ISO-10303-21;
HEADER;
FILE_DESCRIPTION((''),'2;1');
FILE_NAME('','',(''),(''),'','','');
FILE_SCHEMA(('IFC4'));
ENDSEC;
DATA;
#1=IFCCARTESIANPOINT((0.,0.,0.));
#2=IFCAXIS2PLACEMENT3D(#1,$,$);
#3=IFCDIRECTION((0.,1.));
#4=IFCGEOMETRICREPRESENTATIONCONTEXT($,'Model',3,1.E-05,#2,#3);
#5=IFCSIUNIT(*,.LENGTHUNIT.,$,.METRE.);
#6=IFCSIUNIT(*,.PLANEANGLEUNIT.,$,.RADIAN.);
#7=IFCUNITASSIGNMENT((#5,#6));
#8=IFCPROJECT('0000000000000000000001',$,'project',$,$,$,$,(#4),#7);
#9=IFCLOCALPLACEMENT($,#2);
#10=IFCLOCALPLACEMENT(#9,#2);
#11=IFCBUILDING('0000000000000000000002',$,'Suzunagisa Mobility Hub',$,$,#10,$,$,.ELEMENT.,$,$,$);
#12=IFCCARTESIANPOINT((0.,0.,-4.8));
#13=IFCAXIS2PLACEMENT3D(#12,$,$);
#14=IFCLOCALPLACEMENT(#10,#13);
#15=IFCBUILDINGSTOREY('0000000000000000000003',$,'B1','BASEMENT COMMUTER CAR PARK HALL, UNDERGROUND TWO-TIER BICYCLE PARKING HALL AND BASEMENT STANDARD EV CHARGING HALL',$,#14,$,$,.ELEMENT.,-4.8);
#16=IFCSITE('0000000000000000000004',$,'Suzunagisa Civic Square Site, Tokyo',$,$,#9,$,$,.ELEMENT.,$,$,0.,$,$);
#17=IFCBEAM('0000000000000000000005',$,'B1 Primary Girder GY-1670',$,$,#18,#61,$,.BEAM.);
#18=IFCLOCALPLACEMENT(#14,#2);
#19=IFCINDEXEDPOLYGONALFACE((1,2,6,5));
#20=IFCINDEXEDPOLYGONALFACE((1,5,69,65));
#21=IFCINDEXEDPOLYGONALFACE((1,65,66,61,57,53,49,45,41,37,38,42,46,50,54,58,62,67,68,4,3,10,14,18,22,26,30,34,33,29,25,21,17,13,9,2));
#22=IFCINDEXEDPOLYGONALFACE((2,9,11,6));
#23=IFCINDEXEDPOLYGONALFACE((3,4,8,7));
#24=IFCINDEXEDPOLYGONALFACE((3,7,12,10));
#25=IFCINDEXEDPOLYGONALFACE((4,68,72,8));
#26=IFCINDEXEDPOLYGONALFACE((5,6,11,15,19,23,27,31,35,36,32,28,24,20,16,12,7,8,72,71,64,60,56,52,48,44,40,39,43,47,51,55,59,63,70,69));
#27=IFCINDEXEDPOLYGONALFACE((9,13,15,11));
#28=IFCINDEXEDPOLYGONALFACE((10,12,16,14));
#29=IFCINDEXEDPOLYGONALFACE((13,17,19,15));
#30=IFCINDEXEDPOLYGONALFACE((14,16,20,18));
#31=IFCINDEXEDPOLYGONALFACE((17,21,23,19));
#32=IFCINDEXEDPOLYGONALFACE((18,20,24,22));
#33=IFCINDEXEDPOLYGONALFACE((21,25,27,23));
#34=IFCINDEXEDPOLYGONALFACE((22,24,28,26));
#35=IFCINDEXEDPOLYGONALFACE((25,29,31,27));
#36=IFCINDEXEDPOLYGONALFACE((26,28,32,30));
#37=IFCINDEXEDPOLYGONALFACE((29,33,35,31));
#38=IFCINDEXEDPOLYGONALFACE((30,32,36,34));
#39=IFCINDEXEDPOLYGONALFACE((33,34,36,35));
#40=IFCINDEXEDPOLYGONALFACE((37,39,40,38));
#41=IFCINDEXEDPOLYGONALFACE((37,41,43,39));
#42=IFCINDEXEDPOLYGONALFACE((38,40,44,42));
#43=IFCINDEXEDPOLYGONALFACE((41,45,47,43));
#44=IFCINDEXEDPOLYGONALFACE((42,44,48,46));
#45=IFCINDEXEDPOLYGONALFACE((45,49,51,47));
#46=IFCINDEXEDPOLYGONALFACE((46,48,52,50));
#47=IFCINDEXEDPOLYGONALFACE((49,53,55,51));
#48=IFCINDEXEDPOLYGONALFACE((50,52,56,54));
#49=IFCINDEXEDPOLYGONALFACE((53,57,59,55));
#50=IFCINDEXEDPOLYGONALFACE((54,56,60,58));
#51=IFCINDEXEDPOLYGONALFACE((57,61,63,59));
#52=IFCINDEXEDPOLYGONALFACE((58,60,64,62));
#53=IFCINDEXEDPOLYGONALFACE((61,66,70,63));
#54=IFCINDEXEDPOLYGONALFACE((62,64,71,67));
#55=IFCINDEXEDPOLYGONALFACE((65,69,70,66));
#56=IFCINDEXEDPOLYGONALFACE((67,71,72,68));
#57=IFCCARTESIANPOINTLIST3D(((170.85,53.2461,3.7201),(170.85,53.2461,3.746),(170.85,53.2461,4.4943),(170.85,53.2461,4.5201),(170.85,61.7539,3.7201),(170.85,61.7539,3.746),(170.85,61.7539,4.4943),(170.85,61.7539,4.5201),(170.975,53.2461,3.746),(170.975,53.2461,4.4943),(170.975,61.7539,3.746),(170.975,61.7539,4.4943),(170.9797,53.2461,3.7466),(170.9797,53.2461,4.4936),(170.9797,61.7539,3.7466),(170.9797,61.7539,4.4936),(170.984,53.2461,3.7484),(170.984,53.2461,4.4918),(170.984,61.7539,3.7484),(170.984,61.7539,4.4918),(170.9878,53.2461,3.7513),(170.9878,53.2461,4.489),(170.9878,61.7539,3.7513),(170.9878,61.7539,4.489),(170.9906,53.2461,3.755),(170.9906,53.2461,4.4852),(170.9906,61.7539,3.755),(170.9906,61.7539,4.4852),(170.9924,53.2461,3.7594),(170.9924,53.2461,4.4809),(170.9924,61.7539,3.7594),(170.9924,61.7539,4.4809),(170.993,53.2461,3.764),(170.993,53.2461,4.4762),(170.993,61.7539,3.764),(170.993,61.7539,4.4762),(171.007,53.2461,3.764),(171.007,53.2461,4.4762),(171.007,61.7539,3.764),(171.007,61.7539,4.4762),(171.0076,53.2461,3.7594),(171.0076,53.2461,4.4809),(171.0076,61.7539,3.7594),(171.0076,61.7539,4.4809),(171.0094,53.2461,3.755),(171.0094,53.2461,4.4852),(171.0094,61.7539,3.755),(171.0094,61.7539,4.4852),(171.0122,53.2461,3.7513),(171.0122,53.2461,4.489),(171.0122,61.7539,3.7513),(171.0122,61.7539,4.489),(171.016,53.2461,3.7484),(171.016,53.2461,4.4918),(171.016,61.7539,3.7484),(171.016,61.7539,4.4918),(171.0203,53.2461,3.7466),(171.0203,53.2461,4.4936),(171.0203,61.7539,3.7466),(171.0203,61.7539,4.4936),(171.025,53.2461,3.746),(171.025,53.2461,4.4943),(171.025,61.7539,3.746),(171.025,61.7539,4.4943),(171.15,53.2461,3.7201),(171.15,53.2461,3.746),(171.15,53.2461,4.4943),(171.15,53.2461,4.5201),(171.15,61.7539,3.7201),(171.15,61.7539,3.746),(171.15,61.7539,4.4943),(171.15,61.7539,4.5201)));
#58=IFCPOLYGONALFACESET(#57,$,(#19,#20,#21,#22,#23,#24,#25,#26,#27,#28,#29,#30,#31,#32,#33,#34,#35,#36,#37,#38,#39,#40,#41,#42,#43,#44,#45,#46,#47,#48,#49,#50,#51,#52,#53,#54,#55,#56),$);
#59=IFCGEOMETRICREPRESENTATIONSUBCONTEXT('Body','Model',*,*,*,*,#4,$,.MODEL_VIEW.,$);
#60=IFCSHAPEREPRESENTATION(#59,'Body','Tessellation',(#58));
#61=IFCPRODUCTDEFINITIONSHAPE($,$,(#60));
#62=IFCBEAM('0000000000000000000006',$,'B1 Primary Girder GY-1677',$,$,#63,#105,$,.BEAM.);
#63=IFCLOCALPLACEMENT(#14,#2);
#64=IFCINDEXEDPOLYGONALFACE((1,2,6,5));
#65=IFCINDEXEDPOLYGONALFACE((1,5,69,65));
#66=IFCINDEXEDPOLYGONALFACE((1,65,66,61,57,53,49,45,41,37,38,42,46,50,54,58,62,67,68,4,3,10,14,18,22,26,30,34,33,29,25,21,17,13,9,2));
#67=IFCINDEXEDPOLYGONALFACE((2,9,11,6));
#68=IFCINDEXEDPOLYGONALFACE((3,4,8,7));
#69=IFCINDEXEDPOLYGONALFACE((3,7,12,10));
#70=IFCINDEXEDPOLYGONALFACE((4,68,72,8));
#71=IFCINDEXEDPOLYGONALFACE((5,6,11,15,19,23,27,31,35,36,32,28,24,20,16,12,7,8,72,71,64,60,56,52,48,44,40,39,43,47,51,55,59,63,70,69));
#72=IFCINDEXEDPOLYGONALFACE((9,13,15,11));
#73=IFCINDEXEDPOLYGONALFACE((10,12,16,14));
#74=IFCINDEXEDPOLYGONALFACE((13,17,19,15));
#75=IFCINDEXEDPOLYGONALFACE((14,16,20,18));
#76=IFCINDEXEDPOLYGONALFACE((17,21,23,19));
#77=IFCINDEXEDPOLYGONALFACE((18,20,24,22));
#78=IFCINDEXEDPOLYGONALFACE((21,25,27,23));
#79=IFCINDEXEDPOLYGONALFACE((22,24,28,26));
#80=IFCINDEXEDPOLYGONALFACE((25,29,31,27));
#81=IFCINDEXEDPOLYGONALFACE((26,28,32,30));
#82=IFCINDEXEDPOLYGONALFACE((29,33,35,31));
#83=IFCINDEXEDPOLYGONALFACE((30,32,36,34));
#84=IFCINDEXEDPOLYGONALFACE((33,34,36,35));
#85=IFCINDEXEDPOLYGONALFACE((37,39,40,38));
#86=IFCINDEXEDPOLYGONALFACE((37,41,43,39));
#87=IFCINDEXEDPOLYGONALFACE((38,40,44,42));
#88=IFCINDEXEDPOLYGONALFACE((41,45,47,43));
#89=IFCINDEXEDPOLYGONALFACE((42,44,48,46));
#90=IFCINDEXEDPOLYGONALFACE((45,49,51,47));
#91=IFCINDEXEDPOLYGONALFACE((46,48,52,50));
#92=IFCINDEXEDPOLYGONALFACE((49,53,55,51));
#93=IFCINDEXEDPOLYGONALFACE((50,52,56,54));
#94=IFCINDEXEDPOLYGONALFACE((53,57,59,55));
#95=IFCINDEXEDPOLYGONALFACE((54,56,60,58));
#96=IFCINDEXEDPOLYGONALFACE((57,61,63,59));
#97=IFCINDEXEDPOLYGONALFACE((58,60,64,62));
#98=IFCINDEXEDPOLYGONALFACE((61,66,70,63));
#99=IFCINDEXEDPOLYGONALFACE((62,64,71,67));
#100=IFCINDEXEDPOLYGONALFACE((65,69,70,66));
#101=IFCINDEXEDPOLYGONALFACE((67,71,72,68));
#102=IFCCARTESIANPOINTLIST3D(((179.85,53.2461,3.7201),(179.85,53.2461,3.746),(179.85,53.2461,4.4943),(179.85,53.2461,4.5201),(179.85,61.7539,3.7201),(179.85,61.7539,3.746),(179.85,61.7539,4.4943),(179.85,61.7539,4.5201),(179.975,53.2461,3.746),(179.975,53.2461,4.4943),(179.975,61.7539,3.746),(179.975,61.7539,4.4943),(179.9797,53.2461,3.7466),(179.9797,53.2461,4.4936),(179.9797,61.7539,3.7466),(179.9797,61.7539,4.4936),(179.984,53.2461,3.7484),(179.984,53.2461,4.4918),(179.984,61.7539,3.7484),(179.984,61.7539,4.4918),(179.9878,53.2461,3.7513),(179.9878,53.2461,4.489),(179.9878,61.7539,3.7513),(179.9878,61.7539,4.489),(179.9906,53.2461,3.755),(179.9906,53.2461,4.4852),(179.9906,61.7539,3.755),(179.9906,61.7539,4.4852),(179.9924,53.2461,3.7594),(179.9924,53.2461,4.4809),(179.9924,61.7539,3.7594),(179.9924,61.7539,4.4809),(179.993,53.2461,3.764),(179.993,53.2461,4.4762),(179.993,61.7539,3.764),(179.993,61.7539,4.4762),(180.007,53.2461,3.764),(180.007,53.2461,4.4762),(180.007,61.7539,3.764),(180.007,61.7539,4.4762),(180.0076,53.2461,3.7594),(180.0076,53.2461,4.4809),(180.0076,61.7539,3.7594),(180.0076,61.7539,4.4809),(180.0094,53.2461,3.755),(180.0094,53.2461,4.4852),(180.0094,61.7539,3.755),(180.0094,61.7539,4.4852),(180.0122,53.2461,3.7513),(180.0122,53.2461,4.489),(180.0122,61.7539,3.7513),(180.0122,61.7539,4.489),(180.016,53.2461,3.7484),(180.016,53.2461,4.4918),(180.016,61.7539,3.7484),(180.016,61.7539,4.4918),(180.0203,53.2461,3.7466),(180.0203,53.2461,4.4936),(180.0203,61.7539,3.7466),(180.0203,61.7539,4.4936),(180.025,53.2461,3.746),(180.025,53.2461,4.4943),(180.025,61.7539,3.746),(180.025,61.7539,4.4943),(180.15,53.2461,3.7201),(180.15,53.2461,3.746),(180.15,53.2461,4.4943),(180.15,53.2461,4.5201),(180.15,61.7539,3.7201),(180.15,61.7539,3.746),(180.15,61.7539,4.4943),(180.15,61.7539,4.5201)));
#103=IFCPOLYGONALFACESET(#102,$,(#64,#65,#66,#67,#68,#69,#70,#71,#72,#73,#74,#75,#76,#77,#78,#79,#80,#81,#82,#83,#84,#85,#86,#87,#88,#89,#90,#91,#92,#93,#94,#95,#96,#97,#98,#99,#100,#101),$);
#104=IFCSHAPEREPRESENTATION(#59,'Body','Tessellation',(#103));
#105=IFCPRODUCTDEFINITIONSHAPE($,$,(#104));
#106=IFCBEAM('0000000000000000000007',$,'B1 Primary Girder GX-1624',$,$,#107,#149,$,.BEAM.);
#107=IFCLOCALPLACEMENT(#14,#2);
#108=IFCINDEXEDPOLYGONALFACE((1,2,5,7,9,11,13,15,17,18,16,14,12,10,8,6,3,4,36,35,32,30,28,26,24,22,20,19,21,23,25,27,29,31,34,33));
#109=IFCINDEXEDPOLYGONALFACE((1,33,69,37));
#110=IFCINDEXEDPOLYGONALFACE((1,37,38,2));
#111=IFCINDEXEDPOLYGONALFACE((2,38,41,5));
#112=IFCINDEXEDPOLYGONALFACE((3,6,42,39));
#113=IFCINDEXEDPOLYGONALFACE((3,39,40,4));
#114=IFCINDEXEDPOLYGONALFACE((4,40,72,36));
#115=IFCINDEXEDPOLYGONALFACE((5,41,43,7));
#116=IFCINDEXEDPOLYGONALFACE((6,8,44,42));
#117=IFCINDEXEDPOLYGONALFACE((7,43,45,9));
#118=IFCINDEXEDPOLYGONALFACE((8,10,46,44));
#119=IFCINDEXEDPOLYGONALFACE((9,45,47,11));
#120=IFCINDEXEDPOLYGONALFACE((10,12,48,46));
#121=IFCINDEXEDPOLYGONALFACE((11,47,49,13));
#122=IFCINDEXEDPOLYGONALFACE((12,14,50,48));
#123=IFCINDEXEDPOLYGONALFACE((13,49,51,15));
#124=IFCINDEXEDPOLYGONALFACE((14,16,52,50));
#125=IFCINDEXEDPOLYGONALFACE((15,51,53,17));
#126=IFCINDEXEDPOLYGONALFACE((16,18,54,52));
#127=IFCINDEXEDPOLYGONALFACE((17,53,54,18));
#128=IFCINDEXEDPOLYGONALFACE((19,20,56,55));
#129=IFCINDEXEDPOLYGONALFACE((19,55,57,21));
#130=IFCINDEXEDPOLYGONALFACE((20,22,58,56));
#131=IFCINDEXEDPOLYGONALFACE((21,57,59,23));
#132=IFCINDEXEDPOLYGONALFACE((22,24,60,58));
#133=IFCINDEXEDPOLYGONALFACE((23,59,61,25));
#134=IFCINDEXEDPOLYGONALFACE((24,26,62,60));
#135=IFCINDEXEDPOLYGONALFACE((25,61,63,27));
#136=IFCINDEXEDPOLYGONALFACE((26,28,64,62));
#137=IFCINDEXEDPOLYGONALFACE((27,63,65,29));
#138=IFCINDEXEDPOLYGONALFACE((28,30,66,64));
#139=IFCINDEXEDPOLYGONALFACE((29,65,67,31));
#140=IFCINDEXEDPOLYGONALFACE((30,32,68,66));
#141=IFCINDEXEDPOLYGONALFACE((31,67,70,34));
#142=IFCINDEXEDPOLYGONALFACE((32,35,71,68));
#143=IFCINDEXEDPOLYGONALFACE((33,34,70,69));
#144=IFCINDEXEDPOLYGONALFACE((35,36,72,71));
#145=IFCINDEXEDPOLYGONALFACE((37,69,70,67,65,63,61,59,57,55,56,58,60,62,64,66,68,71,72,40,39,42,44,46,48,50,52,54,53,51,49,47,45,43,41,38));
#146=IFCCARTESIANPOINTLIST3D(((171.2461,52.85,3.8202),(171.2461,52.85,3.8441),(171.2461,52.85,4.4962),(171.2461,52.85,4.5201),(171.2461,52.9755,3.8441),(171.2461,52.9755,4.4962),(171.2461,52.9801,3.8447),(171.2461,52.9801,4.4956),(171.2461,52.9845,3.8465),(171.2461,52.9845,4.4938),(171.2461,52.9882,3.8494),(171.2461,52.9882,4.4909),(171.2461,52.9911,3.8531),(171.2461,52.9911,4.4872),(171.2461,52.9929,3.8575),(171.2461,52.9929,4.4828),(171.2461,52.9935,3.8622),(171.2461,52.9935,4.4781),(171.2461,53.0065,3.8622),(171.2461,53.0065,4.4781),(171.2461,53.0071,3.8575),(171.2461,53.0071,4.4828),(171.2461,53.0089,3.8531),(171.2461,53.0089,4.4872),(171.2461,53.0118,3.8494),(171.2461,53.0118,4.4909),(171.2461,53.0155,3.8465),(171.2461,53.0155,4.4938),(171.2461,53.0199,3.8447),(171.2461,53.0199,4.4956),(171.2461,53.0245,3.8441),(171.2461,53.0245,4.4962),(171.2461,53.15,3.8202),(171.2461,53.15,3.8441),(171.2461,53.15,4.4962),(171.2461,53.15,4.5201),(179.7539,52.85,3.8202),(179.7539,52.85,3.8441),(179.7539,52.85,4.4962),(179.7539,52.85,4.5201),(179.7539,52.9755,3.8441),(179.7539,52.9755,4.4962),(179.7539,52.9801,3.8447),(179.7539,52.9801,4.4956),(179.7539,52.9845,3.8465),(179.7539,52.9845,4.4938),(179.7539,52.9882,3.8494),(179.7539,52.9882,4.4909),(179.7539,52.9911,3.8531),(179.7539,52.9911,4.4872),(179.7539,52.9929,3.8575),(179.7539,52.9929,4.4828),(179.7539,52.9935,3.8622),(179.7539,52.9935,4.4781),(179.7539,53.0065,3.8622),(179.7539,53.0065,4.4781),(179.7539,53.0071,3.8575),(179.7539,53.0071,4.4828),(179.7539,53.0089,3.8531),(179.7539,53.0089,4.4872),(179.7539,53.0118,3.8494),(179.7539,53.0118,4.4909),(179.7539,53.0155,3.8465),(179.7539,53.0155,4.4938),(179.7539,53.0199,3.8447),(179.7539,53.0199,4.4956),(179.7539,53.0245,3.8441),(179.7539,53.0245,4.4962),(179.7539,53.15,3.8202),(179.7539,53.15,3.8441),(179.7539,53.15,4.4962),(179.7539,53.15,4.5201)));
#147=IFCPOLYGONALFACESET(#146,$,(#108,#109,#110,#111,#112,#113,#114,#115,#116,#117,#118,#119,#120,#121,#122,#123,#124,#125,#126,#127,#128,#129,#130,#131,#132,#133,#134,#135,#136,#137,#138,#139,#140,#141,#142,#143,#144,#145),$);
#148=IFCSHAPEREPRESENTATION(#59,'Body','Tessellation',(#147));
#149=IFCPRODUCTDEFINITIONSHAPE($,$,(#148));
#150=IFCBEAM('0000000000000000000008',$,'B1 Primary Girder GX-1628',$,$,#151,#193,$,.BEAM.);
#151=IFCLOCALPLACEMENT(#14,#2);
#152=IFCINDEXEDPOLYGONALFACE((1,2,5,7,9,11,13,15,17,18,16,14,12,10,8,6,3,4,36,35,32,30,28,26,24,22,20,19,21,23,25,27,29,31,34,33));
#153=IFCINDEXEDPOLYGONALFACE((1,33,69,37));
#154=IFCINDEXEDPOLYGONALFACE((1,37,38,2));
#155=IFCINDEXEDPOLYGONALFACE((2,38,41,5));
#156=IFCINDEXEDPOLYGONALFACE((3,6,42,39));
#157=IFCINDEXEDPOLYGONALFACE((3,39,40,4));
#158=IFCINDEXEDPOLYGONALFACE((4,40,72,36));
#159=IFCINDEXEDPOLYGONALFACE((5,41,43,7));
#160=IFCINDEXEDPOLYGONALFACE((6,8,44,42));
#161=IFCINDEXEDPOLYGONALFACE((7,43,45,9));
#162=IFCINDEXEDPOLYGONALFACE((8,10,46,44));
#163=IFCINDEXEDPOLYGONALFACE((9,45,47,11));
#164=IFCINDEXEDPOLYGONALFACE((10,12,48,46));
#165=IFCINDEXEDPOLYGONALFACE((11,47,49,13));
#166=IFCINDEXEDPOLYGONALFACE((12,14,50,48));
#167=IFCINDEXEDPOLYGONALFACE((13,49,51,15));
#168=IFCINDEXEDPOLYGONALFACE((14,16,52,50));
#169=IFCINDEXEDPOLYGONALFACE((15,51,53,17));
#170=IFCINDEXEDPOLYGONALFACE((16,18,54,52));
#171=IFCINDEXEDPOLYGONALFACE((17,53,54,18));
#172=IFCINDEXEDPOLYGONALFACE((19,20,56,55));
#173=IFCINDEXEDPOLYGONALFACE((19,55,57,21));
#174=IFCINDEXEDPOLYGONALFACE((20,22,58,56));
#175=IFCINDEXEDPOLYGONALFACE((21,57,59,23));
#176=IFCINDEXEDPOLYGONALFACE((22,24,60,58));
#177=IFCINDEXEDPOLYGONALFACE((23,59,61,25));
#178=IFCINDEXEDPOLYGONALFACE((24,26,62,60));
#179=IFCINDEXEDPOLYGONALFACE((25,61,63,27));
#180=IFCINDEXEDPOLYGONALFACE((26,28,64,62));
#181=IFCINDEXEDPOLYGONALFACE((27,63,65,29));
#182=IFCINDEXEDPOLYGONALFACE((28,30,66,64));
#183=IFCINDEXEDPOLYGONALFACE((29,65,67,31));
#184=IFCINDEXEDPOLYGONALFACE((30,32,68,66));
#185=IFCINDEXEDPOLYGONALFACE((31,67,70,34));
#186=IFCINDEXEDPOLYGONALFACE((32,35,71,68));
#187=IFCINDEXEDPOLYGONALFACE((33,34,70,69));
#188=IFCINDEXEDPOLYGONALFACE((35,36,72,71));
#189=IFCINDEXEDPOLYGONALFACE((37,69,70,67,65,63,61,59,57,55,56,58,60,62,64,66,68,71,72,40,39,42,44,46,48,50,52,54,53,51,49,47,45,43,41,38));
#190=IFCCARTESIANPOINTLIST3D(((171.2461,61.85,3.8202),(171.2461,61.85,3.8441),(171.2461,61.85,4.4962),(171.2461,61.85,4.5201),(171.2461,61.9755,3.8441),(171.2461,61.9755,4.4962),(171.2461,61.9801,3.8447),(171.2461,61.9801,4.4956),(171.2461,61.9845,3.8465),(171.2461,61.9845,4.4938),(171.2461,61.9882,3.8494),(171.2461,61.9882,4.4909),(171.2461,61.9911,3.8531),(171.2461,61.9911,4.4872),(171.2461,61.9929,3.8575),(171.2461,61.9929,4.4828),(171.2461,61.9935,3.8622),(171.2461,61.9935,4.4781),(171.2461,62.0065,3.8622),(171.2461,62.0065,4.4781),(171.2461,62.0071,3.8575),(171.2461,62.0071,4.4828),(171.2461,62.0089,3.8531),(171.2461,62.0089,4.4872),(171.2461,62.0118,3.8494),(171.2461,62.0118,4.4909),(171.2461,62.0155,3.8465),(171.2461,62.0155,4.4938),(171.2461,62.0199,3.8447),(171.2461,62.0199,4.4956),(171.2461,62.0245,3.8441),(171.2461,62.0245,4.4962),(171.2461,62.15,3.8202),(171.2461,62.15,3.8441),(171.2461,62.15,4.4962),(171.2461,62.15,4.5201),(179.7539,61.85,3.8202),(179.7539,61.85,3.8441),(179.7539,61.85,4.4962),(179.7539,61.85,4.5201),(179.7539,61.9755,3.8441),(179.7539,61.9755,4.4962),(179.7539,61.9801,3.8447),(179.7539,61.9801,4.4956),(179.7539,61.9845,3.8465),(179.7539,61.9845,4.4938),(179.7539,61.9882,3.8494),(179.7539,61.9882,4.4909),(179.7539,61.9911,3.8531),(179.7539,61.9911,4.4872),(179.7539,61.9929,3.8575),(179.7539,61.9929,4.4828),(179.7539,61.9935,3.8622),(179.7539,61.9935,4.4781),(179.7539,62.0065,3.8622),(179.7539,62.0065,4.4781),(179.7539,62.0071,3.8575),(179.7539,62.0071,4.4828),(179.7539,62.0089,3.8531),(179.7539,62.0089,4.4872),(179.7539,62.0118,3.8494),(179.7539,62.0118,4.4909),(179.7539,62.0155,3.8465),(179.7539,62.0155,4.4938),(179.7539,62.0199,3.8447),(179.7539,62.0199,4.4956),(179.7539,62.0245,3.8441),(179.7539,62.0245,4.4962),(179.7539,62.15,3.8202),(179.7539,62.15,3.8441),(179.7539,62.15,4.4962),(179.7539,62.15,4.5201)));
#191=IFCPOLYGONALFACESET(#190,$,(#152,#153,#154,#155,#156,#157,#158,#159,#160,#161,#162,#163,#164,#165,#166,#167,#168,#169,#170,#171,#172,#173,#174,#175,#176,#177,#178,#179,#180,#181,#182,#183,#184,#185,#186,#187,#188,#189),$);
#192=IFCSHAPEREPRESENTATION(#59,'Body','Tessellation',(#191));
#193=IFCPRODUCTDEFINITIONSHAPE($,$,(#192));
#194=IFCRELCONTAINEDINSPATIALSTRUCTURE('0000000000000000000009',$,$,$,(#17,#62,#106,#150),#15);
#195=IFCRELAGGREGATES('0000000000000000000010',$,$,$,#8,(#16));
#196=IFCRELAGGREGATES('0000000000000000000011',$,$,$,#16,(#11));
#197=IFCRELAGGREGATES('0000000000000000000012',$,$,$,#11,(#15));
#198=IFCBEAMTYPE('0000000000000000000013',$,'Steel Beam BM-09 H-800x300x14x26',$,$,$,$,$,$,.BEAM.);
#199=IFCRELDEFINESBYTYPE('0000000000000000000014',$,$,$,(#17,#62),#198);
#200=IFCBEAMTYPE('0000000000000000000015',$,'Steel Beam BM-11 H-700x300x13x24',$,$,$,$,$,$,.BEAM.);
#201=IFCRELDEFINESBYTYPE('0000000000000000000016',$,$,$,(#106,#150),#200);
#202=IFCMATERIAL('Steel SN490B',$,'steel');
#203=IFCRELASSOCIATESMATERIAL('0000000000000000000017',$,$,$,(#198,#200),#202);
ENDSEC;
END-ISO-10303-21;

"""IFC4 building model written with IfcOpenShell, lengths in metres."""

from ifc_helpers import new_model, si_unit, direction, frame, origin, origin_2d, place, context, subcontext, project, spatial, i_section, extrude, material, material_profile, profile_set, type_object, element, save


model = new_model("IFC4")

# Units and contexts
model_context = context("Model", 3, precision=1e-05, world=origin(), true_north=direction((0.0, 1.0)))
body_context = subcontext(model_context, "Body", "Model", "MODEL_VIEW")
ifc_project = project(units=[si_unit("LENGTHUNIT", "METRE"), si_unit("PLANEANGLEUNIT", "RADIAN")], contexts=[model_context])

# Site, building, storey
site_placement = place(None, origin())
site = spatial("IfcSite", under=ifc_project, at=site_placement, Name="Suzunagisa Civic Square Site, Tokyo", CompositionType="ELEMENT", RefElevation=0.0)
building_placement = place(site_placement, origin())
building = spatial("IfcBuilding", under=site, at=building_placement, Name="Suzunagisa Mobility Hub", CompositionType="ELEMENT")
storey_placement = place(building_placement, frame((0.0, 0.0, -4.8)))
storey = spatial("IfcBuildingStorey", under=building, at=storey_placement, Name="B1", Description="BASEMENT COMMUTER CAR PARK HALL, UNDERGROUND TWO-TIER BICYCLE PARKING HALL AND BASEMENT STANDARD EV CHARGING HALL", CompositionType="ELEMENT", Elevation=-4.8)

# Shared definitions
ifc_material_1 = material(Name="Steel SN490B", Category="steel")

# Beams
ifc_material_profile_1 = material_profile(ifc_material_1, i_section(OverallWidth=0.3, OverallDepth=0.8, WebThickness=0.0139, FlangeThickness=0.0259, FilletRadius=0.0181, at=origin_2d()), Name="H-800x300x14x26")
ifc_profile_set_1 = profile_set([ifc_material_profile_1], Name="Steel SN490B")
beam_type_1 = type_object("IfcBeamType", Name="Steel Beam BM-09 H-800x300x14x26", PredefinedType="BEAM", material=ifc_profile_set_1)
for number, where, z_axis, x_axis, name in (
    (1, (171.0, 53.2461, 4.1201), (0.0, 1.0, 0.0), (-1.0, 0.0, 0.0), "B1 Primary Girder GY-1670"),
    (2, (180.0, 53.2461, 4.1201), (0.0, 1.0, 0.0), (-1.0, 0.0, 0.0), "B1 Primary Girder GY-1677"),
):
    element("IfcBeam", number, at=place(storey_placement, frame(where, z_axis=z_axis, x_axis=x_axis)), inside=storey, type_object=beam_type_1, Name=name, PredefinedType="BEAM", context=body_context, shape_type="SweptSolid", body=[
        extrude(i_section(OverallWidth=0.3, OverallDepth=0.8, WebThickness=0.0139, FlangeThickness=0.0259, FilletRadius=0.0181, at=origin_2d()), origin(), (0.0, 0.0, 1.0), 8.5078),
    ])
ifc_material_profile_2 = material_profile(ifc_material_1, i_section(OverallWidth=0.3, OverallDepth=0.7, WebThickness=0.0129, FlangeThickness=0.0239, FilletRadius=0.0181, at=origin_2d()), Name="H-700x300x13x24")
ifc_profile_set_2 = profile_set([ifc_material_profile_2], Name="Steel SN490B")
beam_type_2 = type_object("IfcBeamType", Name="Steel Beam BM-11 H-700x300x13x24", PredefinedType="BEAM", material=ifc_profile_set_2)
for number, where, z_axis, x_axis, name in (
    (3, (171.2461, 53.0, 4.1702), (1.0, 0.0, 0.0), (0.0, 1.0, 0.0), "B1 Primary Girder GX-1624"),
    (4, (171.2461, 62.0, 4.1702), (1.0, 0.0, 0.0), (0.0, 1.0, 0.0), "B1 Primary Girder GX-1628"),
):
    element("IfcBeam", number, at=place(storey_placement, frame(where, z_axis=z_axis, x_axis=x_axis)), inside=storey, type_object=beam_type_2, Name=name, PredefinedType="BEAM", context=body_context, shape_type="SweptSolid", body=[
        extrude(i_section(OverallWidth=0.3, OverallDepth=0.7, WebThickness=0.0129, FlangeThickness=0.0239, FilletRadius=0.0181, at=origin_2d()), origin(), (0.0, 0.0, 1.0), 8.5078),
    ])

save(model, "model.ifc")
